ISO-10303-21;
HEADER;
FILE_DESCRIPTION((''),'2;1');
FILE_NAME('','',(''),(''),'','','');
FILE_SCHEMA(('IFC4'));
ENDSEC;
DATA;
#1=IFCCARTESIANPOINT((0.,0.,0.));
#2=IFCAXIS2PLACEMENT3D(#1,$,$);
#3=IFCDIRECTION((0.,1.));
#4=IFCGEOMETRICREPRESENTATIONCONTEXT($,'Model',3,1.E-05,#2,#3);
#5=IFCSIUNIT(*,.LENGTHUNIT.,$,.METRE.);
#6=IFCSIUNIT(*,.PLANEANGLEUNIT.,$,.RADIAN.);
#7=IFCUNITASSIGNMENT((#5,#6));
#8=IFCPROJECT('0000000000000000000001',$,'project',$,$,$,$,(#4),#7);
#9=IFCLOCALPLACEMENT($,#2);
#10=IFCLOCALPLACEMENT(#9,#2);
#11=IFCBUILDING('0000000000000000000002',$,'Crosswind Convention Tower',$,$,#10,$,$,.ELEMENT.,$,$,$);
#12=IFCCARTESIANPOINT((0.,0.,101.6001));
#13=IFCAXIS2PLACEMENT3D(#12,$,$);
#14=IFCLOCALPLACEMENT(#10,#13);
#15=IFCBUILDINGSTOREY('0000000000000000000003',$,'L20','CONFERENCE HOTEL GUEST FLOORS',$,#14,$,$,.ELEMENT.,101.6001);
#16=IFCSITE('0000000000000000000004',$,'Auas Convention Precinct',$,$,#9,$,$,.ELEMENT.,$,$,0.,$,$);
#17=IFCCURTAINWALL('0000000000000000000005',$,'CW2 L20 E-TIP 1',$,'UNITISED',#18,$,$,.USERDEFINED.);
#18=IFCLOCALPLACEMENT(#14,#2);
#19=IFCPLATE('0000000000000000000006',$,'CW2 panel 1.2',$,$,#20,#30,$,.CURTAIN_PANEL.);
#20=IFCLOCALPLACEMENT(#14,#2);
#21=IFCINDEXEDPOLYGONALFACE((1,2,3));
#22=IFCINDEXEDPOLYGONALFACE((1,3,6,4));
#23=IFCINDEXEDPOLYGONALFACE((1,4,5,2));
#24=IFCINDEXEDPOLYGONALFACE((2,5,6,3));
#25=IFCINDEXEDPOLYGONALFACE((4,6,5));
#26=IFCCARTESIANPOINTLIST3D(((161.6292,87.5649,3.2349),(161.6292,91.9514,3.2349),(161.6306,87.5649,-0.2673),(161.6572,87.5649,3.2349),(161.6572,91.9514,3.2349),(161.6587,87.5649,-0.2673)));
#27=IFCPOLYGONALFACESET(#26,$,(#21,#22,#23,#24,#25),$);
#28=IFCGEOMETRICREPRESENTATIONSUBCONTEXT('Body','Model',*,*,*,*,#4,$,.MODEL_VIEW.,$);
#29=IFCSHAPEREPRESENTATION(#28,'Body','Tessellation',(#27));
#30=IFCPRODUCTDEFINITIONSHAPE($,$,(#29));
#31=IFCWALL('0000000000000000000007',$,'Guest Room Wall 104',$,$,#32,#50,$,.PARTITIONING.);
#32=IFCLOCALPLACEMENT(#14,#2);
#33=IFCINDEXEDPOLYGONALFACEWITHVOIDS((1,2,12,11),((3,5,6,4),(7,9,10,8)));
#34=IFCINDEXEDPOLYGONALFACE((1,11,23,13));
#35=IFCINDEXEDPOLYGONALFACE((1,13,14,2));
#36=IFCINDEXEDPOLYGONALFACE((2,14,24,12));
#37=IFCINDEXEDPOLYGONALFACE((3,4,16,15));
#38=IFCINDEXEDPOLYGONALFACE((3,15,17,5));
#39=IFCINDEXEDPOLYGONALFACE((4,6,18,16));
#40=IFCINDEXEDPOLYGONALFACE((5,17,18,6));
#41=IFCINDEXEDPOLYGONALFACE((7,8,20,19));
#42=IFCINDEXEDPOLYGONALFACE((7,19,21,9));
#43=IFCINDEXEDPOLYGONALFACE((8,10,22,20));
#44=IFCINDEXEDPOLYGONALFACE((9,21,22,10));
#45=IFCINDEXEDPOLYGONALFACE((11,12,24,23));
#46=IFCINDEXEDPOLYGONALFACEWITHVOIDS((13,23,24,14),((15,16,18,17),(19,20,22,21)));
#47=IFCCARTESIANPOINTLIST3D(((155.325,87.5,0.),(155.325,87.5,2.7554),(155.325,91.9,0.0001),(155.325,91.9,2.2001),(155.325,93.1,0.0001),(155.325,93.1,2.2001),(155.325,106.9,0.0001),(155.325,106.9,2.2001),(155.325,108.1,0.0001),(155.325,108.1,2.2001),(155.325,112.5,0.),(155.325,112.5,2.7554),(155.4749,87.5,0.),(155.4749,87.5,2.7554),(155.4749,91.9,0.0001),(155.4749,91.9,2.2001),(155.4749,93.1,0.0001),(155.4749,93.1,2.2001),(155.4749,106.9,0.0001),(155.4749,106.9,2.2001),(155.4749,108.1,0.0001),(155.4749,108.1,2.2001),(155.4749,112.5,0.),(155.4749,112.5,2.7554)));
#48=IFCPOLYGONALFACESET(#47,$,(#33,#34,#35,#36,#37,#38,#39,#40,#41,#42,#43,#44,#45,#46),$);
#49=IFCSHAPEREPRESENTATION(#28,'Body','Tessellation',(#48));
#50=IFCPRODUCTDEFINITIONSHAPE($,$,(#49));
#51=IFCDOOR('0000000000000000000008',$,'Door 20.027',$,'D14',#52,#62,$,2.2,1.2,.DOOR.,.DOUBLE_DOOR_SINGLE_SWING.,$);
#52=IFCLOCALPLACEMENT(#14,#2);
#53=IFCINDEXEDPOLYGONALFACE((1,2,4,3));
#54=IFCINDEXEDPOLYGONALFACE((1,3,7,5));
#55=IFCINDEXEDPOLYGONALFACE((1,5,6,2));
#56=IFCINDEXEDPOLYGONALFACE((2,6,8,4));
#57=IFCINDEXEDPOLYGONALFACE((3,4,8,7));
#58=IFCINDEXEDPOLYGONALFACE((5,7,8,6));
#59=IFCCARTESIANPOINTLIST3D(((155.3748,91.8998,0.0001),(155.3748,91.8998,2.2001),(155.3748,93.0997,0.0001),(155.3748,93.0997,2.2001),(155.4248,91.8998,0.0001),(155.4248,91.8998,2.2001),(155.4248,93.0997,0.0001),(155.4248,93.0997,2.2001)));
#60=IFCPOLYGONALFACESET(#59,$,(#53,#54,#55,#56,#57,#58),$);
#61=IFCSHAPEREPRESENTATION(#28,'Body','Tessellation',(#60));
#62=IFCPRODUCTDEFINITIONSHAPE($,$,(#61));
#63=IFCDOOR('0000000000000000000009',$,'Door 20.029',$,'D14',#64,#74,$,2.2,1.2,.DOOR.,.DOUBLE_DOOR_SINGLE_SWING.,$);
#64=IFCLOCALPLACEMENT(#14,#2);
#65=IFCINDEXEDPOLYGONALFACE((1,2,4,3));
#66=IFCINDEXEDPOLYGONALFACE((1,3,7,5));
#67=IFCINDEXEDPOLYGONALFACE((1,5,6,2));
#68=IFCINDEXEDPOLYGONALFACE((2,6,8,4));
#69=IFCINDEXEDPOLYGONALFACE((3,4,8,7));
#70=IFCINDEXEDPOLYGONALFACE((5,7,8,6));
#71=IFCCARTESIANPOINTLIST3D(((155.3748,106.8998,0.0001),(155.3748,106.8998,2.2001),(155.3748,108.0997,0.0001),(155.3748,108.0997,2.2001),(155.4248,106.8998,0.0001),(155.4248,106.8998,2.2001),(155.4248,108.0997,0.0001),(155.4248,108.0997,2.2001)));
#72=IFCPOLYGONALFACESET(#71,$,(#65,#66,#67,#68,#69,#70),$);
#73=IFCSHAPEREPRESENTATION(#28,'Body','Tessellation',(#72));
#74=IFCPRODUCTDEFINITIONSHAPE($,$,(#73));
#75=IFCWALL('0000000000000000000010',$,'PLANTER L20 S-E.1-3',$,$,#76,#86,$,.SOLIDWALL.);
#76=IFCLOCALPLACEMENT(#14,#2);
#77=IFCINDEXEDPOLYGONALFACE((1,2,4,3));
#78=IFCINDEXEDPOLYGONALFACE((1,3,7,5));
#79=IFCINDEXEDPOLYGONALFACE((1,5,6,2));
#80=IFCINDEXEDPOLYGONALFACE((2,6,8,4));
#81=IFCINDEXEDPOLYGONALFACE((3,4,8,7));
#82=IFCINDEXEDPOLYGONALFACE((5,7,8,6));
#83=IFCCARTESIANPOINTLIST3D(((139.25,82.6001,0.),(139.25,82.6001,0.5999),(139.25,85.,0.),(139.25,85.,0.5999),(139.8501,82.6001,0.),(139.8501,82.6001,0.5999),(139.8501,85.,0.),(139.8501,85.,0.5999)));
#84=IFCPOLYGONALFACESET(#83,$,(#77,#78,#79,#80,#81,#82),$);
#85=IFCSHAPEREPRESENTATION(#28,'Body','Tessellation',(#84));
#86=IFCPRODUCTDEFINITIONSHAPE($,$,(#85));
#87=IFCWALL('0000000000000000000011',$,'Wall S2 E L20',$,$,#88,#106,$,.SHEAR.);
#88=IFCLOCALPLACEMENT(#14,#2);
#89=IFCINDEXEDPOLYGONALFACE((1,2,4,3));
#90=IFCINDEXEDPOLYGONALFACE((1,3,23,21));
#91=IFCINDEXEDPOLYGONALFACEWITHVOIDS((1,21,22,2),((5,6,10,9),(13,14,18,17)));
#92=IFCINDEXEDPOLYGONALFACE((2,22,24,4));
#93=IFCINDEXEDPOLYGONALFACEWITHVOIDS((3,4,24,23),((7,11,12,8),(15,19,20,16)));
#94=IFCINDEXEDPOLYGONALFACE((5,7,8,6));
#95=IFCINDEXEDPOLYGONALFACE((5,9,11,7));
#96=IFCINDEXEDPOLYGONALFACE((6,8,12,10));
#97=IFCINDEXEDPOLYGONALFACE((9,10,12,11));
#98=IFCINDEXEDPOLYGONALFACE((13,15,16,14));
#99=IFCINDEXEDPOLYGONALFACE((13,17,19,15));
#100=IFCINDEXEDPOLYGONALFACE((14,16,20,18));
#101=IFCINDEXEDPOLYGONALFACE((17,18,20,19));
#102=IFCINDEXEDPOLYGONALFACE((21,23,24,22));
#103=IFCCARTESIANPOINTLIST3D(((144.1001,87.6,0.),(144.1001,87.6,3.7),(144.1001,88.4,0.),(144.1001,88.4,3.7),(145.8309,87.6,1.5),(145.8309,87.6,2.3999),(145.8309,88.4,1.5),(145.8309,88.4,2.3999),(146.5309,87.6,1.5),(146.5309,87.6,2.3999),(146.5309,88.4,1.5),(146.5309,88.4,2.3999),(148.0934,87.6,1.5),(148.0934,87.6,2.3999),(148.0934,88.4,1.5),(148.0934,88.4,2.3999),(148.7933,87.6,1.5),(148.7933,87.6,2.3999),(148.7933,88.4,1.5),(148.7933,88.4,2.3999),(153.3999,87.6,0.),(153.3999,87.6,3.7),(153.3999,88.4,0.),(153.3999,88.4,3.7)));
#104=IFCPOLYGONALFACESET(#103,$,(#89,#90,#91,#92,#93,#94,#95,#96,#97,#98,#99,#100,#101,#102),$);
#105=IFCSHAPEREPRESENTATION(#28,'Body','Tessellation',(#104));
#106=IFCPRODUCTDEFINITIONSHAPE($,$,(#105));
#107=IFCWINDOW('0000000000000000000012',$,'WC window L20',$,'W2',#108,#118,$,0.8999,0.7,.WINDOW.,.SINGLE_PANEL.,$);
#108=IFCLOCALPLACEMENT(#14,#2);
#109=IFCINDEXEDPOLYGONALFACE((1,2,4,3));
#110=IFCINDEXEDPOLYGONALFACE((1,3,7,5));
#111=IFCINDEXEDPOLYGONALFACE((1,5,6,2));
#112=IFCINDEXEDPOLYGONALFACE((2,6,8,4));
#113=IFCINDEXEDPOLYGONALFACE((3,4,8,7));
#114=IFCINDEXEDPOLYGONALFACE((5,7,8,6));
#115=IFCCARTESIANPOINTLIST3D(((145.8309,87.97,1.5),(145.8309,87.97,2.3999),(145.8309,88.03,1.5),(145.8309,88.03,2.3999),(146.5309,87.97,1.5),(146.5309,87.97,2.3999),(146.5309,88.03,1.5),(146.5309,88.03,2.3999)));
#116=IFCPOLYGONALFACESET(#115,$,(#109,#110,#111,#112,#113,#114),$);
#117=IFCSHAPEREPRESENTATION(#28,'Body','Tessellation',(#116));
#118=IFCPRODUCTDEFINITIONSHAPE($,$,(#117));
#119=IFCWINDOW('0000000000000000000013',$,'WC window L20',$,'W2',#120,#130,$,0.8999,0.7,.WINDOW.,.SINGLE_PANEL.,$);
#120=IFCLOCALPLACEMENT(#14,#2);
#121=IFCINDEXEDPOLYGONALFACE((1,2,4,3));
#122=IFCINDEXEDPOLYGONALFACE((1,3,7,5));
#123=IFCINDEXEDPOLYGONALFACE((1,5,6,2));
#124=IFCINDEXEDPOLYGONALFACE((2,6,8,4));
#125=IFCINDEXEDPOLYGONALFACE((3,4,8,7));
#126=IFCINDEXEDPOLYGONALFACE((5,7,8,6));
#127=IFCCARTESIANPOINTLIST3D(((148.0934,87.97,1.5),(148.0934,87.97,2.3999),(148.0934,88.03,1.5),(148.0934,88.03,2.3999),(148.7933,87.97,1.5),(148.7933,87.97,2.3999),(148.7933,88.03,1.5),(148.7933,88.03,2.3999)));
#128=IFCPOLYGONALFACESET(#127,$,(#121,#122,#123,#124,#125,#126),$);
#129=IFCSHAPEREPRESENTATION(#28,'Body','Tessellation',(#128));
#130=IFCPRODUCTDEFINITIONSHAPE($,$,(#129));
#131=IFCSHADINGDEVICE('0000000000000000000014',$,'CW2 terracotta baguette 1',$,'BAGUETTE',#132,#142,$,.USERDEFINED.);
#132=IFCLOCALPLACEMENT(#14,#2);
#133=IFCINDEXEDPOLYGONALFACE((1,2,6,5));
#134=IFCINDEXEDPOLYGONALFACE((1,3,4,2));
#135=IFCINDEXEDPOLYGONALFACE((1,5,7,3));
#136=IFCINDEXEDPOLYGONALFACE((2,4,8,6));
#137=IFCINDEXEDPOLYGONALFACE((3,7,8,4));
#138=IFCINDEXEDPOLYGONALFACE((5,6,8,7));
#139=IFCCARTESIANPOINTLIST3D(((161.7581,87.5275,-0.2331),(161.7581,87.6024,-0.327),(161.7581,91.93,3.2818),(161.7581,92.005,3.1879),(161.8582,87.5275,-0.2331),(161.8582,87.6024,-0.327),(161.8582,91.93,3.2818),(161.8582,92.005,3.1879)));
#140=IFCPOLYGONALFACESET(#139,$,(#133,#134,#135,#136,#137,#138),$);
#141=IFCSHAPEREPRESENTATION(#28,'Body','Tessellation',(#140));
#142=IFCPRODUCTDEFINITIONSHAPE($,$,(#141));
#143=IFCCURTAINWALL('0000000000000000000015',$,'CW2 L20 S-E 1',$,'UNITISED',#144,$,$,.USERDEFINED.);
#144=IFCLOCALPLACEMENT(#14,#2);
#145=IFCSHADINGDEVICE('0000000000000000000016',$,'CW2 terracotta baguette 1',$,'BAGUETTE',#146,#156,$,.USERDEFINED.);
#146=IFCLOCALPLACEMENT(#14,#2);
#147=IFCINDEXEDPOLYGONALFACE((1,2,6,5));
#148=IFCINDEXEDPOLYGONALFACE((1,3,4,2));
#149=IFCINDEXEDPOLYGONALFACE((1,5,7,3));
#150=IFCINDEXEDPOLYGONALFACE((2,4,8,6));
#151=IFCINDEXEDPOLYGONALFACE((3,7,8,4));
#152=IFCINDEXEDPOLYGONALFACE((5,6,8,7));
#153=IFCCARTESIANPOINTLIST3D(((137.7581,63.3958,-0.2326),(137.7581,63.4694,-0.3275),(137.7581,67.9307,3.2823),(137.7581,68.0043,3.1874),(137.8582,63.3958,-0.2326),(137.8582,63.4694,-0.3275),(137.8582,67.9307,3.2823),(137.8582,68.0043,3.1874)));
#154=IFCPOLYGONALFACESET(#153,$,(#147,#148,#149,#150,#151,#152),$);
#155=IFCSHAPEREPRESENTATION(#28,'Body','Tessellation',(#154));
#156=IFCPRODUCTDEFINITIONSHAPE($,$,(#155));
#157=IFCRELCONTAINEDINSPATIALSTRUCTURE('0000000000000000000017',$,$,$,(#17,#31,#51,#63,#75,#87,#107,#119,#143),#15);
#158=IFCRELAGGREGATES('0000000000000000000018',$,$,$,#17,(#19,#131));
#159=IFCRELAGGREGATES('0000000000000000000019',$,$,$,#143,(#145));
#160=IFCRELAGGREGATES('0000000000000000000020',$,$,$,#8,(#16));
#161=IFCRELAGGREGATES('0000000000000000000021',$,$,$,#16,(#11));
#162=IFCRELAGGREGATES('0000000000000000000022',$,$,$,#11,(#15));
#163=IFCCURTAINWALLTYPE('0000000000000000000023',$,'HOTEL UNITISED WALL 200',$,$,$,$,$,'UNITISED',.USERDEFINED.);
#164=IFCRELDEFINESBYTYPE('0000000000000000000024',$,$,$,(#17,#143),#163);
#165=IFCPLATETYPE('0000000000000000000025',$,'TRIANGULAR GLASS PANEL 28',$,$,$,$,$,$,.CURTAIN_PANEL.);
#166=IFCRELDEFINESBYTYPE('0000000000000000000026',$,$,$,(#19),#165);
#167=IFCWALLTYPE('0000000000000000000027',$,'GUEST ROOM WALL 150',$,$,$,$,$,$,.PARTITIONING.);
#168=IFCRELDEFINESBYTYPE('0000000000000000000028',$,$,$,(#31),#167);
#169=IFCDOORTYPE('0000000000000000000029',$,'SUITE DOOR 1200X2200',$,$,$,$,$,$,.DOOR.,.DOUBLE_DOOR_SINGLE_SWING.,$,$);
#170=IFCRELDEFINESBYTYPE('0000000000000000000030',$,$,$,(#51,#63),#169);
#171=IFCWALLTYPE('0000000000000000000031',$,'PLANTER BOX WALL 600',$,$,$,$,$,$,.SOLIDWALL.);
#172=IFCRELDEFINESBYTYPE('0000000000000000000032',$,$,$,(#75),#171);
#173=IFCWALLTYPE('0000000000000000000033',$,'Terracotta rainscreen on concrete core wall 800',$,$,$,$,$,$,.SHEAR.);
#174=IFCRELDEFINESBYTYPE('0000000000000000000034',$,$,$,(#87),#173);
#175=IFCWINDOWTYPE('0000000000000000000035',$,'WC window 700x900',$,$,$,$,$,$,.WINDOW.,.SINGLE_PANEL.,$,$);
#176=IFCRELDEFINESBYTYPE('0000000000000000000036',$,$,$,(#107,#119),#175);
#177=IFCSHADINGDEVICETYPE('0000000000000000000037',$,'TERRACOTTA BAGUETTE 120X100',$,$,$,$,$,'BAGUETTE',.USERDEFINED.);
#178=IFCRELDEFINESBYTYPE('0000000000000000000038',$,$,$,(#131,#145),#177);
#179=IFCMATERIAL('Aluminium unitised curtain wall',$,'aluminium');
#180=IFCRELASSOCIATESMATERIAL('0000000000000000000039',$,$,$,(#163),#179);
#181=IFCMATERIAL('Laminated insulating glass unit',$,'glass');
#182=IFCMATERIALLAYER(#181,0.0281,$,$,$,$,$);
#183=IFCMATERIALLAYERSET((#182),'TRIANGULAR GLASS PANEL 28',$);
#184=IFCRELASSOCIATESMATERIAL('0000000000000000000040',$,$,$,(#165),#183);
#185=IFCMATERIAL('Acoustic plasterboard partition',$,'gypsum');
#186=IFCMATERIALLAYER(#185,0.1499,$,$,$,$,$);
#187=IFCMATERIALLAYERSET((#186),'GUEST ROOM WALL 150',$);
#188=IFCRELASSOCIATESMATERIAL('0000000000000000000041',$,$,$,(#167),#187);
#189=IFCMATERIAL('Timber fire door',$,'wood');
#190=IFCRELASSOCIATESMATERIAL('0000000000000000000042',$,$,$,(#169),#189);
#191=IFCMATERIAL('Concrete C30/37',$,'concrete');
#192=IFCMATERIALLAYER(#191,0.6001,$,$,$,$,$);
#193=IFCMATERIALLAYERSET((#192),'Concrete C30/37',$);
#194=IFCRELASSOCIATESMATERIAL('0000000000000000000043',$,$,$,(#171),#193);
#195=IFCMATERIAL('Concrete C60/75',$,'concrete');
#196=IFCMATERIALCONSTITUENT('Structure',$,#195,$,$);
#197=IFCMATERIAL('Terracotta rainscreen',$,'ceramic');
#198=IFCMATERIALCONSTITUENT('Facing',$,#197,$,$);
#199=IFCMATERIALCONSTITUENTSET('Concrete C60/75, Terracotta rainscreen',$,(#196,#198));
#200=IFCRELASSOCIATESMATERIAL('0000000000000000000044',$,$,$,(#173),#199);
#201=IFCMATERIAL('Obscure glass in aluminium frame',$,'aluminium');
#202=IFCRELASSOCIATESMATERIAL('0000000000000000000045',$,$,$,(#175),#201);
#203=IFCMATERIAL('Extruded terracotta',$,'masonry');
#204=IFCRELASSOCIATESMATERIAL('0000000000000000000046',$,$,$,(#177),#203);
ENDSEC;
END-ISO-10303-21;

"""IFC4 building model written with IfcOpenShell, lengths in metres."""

from ifc_helpers import new_model, si_unit, direction, frame, frame_2d, origin, origin_2d, place, context, subcontext, project, spatial, polyline, rectangle, outline, extrude, material, layer, layer_set, constituent, constituent_set, material_profile, profile_set, type_object, element, fill, aggregate, save


model = new_model("IFC4")

# Units and contexts
model_context = context("Model", 3, precision=1e-05, world=origin(), true_north=direction((0.0, 1.0)))
body_context = subcontext(model_context, "Body", "Model", "MODEL_VIEW")
ifc_project = project(units=[si_unit("LENGTHUNIT", "METRE"), si_unit("PLANEANGLEUNIT", "RADIAN")], contexts=[model_context])

# Site, building, storey
site_placement = place(None, origin())
site = spatial("IfcSite", under=ifc_project, at=site_placement, Name="Auas Convention Precinct", CompositionType="ELEMENT", RefElevation=0.0)
building_placement = place(site_placement, origin())
building = spatial("IfcBuilding", under=site, at=building_placement, Name="Crosswind Convention Tower", CompositionType="ELEMENT")
storey_placement = place(building_placement, frame((0.0, 0.0, 101.6001)))
storey = spatial("IfcBuildingStorey", under=building, at=storey_placement, Name="L20", Description="CONFERENCE HOTEL GUEST FLOORS", CompositionType="ELEMENT", Elevation=101.6001)

# Shared definitions
ifc_material_1 = material(Name="Aluminium unitised curtain wall", Category="aluminium")

# Curtain wall
curtain_wall_type_1 = type_object("IfcCurtainWallType", Name="HOTEL UNITISED WALL 200", ElementType="UNITISED", PredefinedType="USERDEFINED", material=ifc_material_1)
curtain_wall_1_placement = place(storey_placement, origin())
curtain_wall_1 = element("IfcCurtainWall", 1, at=curtain_wall_1_placement, inside=storey, type_object=curtain_wall_type_1, Name="CW2 L20 E-TIP 1", ObjectType="UNITISED", PredefinedType="USERDEFINED")

# Plate
ifc_material_2 = material(Name="Laminated insulating glass unit", Category="glass")
ifc_layer_1 = layer(ifc_material_2, 0.0281)
ifc_layer_set_1 = layer_set([ifc_layer_1], Name="TRIANGULAR GLASS PANEL 28")
plate_type_1 = type_object("IfcPlateType", Name="TRIANGULAR GLASS PANEL 28", PredefinedType="CURTAIN_PANEL", material=ifc_layer_set_1)
plate_1_placement = place(storey_placement, frame((161.6572, 87.5649, 3.2349), z_axis=(1.0, 0.0, 0.000418), x_axis=(0.000418, 0.0, -1.0)))
plate_1 = element("IfcPlate", 2, at=plate_1_placement, type_object=plate_type_1, Name="CW2 panel 1.2", PredefinedType="CURTAIN_PANEL", context=body_context, shape_type="SweptSolid", body=[
    extrude(outline(polyline([(0.0, 0.0), (3.5022, 0.0), (0.0, 4.3865), (0.0, 0.0)])), origin(), (0.0, 0.0, -1.0), 0.0281),
])

# Wall, openings, doors
ifc_material_3 = material(Name="Acoustic plasterboard partition", Category="gypsum")
ifc_layer_2 = layer(ifc_material_3, 0.1499)
ifc_layer_set_2 = layer_set([ifc_layer_2], Name="GUEST ROOM WALL 150")
wall_type_1 = type_object("IfcWallType", Name="GUEST ROOM WALL 150", PredefinedType="PARTITIONING", material=ifc_layer_set_2)
wall_1_placement = place(storey_placement, frame((155.3999, 87.5, 0.0), z_axis=(0.0, 0.0, 1.0), x_axis=(0.0, 1.0, 0.0)))
wall_1 = element("IfcWall", 3, at=wall_1_placement, inside=storey, type_object=wall_type_1, Name="Guest Room Wall 104", PredefinedType="PARTITIONING", context=body_context, shape_type="SweptSolid", body=[
    extrude(rectangle(XDim=25.0, YDim=0.1499, at=frame_2d((12.5, 0.0))), origin(), (0.0, 0.0, 1.0), 2.7554),
])
opening_1_placement = place(wall_1_placement, frame((4.3999, 0.0, 0.0)))
opening_1 = element("IfcOpeningElement", 4, at=opening_1_placement, cuts=wall_1, PredefinedType="OPENING", context=body_context, shape_type="SweptSolid", body=[
    extrude(rectangle(XDim=1.2, YDim=2.2, at=frame_2d((0.6001, 1.1001))), frame((0.0, 0.085, 0.0), z_axis=(0.0, -1.0, 0.0), x_axis=(1.0, 0.0, 0.0)), (0.0, 0.0, 1.0), 0.1699),
])
opening_2_placement = place(wall_1_placement, frame((19.3999, 0.0, 0.0)))
opening_2 = element("IfcOpeningElement", 5, at=opening_2_placement, cuts=wall_1, PredefinedType="OPENING", context=body_context, shape_type="SweptSolid", body=[
    extrude(rectangle(XDim=1.2, YDim=2.2, at=frame_2d((0.6001, 1.1001))), frame((0.0, 0.085, 0.0), z_axis=(0.0, -1.0, 0.0), x_axis=(1.0, 0.0, 0.0)), (0.0, 0.0, 1.0), 0.1699),
])
ifc_material_4 = material(Name="Timber fire door", Category="wood")
door_type = type_object("IfcDoorType", Name="SUITE DOOR 1200X2200", OperationType="DOUBLE_DOOR_SINGLE_SWING", PredefinedType="DOOR", material=ifc_material_4)
door_1_placement = place(opening_1_placement, frame((1.2, 0.0, 0.0), z_axis=(0.0, 0.0, 1.0), x_axis=(-1.0, 0.0, 0.0)))
door_1 = element("IfcDoor", 6, at=door_1_placement, inside=storey, type_object=door_type, Name="Door 20.027", ObjectType="D14", OperationType="DOUBLE_DOOR_SINGLE_SWING", OverallHeight=2.2, OverallWidth=1.2, PredefinedType="DOOR", context=body_context, shape_type="SweptSolid", body=[
    extrude(rectangle(XDim=1.2, YDim=2.2, at=frame_2d((0.6001, 1.1001))), frame((0.0, 0.0249, 0.0), z_axis=(0.0, -1.0, 0.0), x_axis=(1.0, 0.0, 0.0)), (0.0, 0.0, 1.0), 0.05),
])
fill(opening_1, door_1)
door_2_placement = place(opening_2_placement, frame((1.2, 0.0, 0.0), z_axis=(0.0, 0.0, 1.0), x_axis=(-1.0, 0.0, 0.0)))
door_2 = element("IfcDoor", 7, at=door_2_placement, inside=storey, type_object=door_type, Name="Door 20.029", ObjectType="D14", OperationType="DOUBLE_DOOR_SINGLE_SWING", OverallHeight=2.2, OverallWidth=1.2, PredefinedType="DOOR", context=body_context, shape_type="SweptSolid", body=[
    extrude(rectangle(XDim=1.2, YDim=2.2, at=frame_2d((0.6001, 1.1001))), frame((0.0, 0.0249, 0.0), z_axis=(0.0, -1.0, 0.0), x_axis=(1.0, 0.0, 0.0)), (0.0, 0.0, 1.0), 0.05),
])
fill(opening_2, door_2)

# Wall
ifc_material_5 = material(Name="Concrete C30/37", Category="concrete")
ifc_layer_3 = layer(ifc_material_5, 0.6001)
ifc_layer_set_3 = layer_set([ifc_layer_3], Name="Concrete C30/37")
wall_type_2 = type_object("IfcWallType", Name="PLANTER BOX WALL 600", PredefinedType="SOLIDWALL", material=ifc_layer_set_3)
wall_2_placement = place(storey_placement, frame((139.55, 82.6001, 0.0), z_axis=(0.0, 0.0, 1.0), x_axis=(0.0, 1.0, 0.0)))
element("IfcWall", 8, at=wall_2_placement, inside=storey, type_object=wall_type_2, Name="PLANTER L20 S-E.1-3", PredefinedType="SOLIDWALL", context=body_context, shape_type="SweptSolid", body=[
    extrude(rectangle(XDim=2.3999, YDim=0.6001, at=frame_2d((1.2, 0.0))), origin(), (0.0, 0.0, 1.0), 0.5999),
])

# Wall, openings, windows
ifc_material_6 = material(Name="Concrete C60/75", Category="concrete")
ifc_constituent_1 = constituent(ifc_material_6, Name="Structure")
ifc_material_7 = material(Name="Terracotta rainscreen", Category="ceramic")
ifc_constituent_2 = constituent(ifc_material_7, Name="Facing")
ifc_constituent_set = constituent_set(constituents=[ifc_constituent_1, ifc_constituent_2], Name="Concrete C60/75, Terracotta rainscreen")
wall_type_3 = type_object("IfcWallType", Name="Terracotta rainscreen on concrete core wall 800", PredefinedType="SHEAR", material=ifc_constituent_set)
wall_3_placement = place(storey_placement, frame((144.1001, 88.0, 0.0), z_axis=(0.0, 0.0, 1.0), x_axis=(1.0, 0.0, 0.0)))
wall_3 = element("IfcWall", 9, at=wall_3_placement, inside=storey, type_object=wall_type_3, Name="Wall S2 E L20", PredefinedType="SHEAR", context=body_context, shape_type="SweptSolid", body=[
    extrude(rectangle(XDim=9.2998, YDim=0.8, at=frame_2d((4.6499, 0.0))), origin(), (0.0, 0.0, 1.0), 3.7),
])
opening_3_placement = place(wall_3_placement, frame((1.7307, 0.0, 1.5)))
opening_3 = element("IfcOpeningElement", 10, at=opening_3_placement, cuts=wall_3, PredefinedType="OPENING", context=body_context, shape_type="SweptSolid", body=[
    extrude(rectangle(XDim=0.7, YDim=0.8999, at=frame_2d((0.3501, 0.45))), frame((0.0, 0.4099, 0.0), z_axis=(0.0, -1.0, 0.0), x_axis=(1.0, 0.0, 0.0)), (0.0, 0.0, 1.0), 0.8201),
])
opening_4_placement = place(wall_3_placement, frame((3.9932, 0.0, 1.5)))
opening_4 = element("IfcOpeningElement", 11, at=opening_4_placement, cuts=wall_3, PredefinedType="OPENING", context=body_context, shape_type="SweptSolid", body=[
    extrude(rectangle(XDim=0.7, YDim=0.8999, at=frame_2d((0.3501, 0.45))), frame((0.0, 0.4099, 0.0), z_axis=(0.0, -1.0, 0.0), x_axis=(1.0, 0.0, 0.0)), (0.0, 0.0, 1.0), 0.8201),
])
ifc_material_8 = material(Name="Obscure glass in aluminium frame", Category="aluminium")
window_type = type_object("IfcWindowType", Name="WC window 700x900", PartitioningType="SINGLE_PANEL", PredefinedType="WINDOW", material=ifc_material_8)
window_1_placement = place(opening_3_placement, origin())
window_1 = element("IfcWindow", 12, at=window_1_placement, inside=storey, type_object=window_type, Name="WC window L20", ObjectType="W2", OverallHeight=0.8999, OverallWidth=0.7, PartitioningType="SINGLE_PANEL", PredefinedType="WINDOW", context=body_context, shape_type="SweptSolid", body=[
    extrude(rectangle(XDim=0.7, YDim=0.8999, at=frame_2d((0.3501, 0.45))), frame((0.0, 0.03, 0.0), z_axis=(0.0, -1.0, 0.0), x_axis=(1.0, 0.0, 0.0)), (0.0, 0.0, 1.0), 0.0601),
])
fill(opening_3, window_1)
window_2_placement = place(opening_4_placement, origin())
window_2 = element("IfcWindow", 13, at=window_2_placement, inside=storey, type_object=window_type, Name="WC window L20", ObjectType="W2", OverallHeight=0.8999, OverallWidth=0.7, PartitioningType="SINGLE_PANEL", PredefinedType="WINDOW", context=body_context, shape_type="SweptSolid", body=[
    extrude(rectangle(XDim=0.7, YDim=0.8999, at=frame_2d((0.3501, 0.45))), frame((0.0, 0.03, 0.0), z_axis=(0.0, -1.0, 0.0), x_axis=(1.0, 0.0, 0.0)), (0.0, 0.0, 1.0), 0.0601),
])
fill(opening_4, window_2)

# Shading device
ifc_material_9 = material(Name="Extruded terracotta", Category="masonry")
ifc_material_profile_1 = material_profile(ifc_material_9, rectangle(XDim=0.1001, YDim=0.1201, at=origin_2d()), Name="TC 100X120")
ifc_profile_set_1 = profile_set([ifc_material_profile_1], Name="Extruded terracotta")
shading_device_type = type_object("IfcShadingDeviceType", Name="TERRACOTTA BAGUETTE 120X100", ElementType="BAGUETTE", PredefinedType="USERDEFINED", material=ifc_profile_set_1)
shading_device_1_placement = place(storey_placement, frame((161.8081, 87.5649, -0.28), z_axis=(0.0, 0.78149, 0.623918), x_axis=(-1.0, 0.0, 0.0)))
shading_device_1 = element("IfcShadingDevice", 14, at=shading_device_1_placement, type_object=shading_device_type, Name="CW2 terracotta baguette 1", ObjectType="BAGUETTE", PredefinedType="USERDEFINED", context=body_context, shape_type="SweptSolid", body=[
    extrude(rectangle(XDim=0.1001, YDim=0.1201, at=origin_2d()), origin(), (0.0, 0.0, 1.0), 5.6335),
])
aggregate(curtain_wall_1, [plate_1, shading_device_1])

# Curtain wall, shading device
curtain_wall_2_placement = place(storey_placement, origin())
curtain_wall_2 = element("IfcCurtainWall", 15, at=curtain_wall_2_placement, inside=storey, type_object=curtain_wall_type_1, Name="CW2 L20 S-E 1", ObjectType="UNITISED", PredefinedType="USERDEFINED")
shading_device_2_placement = place(storey_placement, frame((137.8081, 63.4326, -0.28), z_axis=(0.0, 0.790387, 0.612608), x_axis=(-1.0, 0.0, 0.0)))
shading_device_2 = element("IfcShadingDevice", 16, at=shading_device_2_placement, type_object=shading_device_type, Name="CW2 terracotta baguette 1", ObjectType="BAGUETTE", PredefinedType="USERDEFINED", context=body_context, shape_type="SweptSolid", body=[
    extrude(rectangle(XDim=0.1001, YDim=0.1201, at=origin_2d()), origin(), (0.0, 0.0, 1.0), 5.7375),
])
aggregate(curtain_wall_2, [shading_device_2])

save(model, "model.ifc")
